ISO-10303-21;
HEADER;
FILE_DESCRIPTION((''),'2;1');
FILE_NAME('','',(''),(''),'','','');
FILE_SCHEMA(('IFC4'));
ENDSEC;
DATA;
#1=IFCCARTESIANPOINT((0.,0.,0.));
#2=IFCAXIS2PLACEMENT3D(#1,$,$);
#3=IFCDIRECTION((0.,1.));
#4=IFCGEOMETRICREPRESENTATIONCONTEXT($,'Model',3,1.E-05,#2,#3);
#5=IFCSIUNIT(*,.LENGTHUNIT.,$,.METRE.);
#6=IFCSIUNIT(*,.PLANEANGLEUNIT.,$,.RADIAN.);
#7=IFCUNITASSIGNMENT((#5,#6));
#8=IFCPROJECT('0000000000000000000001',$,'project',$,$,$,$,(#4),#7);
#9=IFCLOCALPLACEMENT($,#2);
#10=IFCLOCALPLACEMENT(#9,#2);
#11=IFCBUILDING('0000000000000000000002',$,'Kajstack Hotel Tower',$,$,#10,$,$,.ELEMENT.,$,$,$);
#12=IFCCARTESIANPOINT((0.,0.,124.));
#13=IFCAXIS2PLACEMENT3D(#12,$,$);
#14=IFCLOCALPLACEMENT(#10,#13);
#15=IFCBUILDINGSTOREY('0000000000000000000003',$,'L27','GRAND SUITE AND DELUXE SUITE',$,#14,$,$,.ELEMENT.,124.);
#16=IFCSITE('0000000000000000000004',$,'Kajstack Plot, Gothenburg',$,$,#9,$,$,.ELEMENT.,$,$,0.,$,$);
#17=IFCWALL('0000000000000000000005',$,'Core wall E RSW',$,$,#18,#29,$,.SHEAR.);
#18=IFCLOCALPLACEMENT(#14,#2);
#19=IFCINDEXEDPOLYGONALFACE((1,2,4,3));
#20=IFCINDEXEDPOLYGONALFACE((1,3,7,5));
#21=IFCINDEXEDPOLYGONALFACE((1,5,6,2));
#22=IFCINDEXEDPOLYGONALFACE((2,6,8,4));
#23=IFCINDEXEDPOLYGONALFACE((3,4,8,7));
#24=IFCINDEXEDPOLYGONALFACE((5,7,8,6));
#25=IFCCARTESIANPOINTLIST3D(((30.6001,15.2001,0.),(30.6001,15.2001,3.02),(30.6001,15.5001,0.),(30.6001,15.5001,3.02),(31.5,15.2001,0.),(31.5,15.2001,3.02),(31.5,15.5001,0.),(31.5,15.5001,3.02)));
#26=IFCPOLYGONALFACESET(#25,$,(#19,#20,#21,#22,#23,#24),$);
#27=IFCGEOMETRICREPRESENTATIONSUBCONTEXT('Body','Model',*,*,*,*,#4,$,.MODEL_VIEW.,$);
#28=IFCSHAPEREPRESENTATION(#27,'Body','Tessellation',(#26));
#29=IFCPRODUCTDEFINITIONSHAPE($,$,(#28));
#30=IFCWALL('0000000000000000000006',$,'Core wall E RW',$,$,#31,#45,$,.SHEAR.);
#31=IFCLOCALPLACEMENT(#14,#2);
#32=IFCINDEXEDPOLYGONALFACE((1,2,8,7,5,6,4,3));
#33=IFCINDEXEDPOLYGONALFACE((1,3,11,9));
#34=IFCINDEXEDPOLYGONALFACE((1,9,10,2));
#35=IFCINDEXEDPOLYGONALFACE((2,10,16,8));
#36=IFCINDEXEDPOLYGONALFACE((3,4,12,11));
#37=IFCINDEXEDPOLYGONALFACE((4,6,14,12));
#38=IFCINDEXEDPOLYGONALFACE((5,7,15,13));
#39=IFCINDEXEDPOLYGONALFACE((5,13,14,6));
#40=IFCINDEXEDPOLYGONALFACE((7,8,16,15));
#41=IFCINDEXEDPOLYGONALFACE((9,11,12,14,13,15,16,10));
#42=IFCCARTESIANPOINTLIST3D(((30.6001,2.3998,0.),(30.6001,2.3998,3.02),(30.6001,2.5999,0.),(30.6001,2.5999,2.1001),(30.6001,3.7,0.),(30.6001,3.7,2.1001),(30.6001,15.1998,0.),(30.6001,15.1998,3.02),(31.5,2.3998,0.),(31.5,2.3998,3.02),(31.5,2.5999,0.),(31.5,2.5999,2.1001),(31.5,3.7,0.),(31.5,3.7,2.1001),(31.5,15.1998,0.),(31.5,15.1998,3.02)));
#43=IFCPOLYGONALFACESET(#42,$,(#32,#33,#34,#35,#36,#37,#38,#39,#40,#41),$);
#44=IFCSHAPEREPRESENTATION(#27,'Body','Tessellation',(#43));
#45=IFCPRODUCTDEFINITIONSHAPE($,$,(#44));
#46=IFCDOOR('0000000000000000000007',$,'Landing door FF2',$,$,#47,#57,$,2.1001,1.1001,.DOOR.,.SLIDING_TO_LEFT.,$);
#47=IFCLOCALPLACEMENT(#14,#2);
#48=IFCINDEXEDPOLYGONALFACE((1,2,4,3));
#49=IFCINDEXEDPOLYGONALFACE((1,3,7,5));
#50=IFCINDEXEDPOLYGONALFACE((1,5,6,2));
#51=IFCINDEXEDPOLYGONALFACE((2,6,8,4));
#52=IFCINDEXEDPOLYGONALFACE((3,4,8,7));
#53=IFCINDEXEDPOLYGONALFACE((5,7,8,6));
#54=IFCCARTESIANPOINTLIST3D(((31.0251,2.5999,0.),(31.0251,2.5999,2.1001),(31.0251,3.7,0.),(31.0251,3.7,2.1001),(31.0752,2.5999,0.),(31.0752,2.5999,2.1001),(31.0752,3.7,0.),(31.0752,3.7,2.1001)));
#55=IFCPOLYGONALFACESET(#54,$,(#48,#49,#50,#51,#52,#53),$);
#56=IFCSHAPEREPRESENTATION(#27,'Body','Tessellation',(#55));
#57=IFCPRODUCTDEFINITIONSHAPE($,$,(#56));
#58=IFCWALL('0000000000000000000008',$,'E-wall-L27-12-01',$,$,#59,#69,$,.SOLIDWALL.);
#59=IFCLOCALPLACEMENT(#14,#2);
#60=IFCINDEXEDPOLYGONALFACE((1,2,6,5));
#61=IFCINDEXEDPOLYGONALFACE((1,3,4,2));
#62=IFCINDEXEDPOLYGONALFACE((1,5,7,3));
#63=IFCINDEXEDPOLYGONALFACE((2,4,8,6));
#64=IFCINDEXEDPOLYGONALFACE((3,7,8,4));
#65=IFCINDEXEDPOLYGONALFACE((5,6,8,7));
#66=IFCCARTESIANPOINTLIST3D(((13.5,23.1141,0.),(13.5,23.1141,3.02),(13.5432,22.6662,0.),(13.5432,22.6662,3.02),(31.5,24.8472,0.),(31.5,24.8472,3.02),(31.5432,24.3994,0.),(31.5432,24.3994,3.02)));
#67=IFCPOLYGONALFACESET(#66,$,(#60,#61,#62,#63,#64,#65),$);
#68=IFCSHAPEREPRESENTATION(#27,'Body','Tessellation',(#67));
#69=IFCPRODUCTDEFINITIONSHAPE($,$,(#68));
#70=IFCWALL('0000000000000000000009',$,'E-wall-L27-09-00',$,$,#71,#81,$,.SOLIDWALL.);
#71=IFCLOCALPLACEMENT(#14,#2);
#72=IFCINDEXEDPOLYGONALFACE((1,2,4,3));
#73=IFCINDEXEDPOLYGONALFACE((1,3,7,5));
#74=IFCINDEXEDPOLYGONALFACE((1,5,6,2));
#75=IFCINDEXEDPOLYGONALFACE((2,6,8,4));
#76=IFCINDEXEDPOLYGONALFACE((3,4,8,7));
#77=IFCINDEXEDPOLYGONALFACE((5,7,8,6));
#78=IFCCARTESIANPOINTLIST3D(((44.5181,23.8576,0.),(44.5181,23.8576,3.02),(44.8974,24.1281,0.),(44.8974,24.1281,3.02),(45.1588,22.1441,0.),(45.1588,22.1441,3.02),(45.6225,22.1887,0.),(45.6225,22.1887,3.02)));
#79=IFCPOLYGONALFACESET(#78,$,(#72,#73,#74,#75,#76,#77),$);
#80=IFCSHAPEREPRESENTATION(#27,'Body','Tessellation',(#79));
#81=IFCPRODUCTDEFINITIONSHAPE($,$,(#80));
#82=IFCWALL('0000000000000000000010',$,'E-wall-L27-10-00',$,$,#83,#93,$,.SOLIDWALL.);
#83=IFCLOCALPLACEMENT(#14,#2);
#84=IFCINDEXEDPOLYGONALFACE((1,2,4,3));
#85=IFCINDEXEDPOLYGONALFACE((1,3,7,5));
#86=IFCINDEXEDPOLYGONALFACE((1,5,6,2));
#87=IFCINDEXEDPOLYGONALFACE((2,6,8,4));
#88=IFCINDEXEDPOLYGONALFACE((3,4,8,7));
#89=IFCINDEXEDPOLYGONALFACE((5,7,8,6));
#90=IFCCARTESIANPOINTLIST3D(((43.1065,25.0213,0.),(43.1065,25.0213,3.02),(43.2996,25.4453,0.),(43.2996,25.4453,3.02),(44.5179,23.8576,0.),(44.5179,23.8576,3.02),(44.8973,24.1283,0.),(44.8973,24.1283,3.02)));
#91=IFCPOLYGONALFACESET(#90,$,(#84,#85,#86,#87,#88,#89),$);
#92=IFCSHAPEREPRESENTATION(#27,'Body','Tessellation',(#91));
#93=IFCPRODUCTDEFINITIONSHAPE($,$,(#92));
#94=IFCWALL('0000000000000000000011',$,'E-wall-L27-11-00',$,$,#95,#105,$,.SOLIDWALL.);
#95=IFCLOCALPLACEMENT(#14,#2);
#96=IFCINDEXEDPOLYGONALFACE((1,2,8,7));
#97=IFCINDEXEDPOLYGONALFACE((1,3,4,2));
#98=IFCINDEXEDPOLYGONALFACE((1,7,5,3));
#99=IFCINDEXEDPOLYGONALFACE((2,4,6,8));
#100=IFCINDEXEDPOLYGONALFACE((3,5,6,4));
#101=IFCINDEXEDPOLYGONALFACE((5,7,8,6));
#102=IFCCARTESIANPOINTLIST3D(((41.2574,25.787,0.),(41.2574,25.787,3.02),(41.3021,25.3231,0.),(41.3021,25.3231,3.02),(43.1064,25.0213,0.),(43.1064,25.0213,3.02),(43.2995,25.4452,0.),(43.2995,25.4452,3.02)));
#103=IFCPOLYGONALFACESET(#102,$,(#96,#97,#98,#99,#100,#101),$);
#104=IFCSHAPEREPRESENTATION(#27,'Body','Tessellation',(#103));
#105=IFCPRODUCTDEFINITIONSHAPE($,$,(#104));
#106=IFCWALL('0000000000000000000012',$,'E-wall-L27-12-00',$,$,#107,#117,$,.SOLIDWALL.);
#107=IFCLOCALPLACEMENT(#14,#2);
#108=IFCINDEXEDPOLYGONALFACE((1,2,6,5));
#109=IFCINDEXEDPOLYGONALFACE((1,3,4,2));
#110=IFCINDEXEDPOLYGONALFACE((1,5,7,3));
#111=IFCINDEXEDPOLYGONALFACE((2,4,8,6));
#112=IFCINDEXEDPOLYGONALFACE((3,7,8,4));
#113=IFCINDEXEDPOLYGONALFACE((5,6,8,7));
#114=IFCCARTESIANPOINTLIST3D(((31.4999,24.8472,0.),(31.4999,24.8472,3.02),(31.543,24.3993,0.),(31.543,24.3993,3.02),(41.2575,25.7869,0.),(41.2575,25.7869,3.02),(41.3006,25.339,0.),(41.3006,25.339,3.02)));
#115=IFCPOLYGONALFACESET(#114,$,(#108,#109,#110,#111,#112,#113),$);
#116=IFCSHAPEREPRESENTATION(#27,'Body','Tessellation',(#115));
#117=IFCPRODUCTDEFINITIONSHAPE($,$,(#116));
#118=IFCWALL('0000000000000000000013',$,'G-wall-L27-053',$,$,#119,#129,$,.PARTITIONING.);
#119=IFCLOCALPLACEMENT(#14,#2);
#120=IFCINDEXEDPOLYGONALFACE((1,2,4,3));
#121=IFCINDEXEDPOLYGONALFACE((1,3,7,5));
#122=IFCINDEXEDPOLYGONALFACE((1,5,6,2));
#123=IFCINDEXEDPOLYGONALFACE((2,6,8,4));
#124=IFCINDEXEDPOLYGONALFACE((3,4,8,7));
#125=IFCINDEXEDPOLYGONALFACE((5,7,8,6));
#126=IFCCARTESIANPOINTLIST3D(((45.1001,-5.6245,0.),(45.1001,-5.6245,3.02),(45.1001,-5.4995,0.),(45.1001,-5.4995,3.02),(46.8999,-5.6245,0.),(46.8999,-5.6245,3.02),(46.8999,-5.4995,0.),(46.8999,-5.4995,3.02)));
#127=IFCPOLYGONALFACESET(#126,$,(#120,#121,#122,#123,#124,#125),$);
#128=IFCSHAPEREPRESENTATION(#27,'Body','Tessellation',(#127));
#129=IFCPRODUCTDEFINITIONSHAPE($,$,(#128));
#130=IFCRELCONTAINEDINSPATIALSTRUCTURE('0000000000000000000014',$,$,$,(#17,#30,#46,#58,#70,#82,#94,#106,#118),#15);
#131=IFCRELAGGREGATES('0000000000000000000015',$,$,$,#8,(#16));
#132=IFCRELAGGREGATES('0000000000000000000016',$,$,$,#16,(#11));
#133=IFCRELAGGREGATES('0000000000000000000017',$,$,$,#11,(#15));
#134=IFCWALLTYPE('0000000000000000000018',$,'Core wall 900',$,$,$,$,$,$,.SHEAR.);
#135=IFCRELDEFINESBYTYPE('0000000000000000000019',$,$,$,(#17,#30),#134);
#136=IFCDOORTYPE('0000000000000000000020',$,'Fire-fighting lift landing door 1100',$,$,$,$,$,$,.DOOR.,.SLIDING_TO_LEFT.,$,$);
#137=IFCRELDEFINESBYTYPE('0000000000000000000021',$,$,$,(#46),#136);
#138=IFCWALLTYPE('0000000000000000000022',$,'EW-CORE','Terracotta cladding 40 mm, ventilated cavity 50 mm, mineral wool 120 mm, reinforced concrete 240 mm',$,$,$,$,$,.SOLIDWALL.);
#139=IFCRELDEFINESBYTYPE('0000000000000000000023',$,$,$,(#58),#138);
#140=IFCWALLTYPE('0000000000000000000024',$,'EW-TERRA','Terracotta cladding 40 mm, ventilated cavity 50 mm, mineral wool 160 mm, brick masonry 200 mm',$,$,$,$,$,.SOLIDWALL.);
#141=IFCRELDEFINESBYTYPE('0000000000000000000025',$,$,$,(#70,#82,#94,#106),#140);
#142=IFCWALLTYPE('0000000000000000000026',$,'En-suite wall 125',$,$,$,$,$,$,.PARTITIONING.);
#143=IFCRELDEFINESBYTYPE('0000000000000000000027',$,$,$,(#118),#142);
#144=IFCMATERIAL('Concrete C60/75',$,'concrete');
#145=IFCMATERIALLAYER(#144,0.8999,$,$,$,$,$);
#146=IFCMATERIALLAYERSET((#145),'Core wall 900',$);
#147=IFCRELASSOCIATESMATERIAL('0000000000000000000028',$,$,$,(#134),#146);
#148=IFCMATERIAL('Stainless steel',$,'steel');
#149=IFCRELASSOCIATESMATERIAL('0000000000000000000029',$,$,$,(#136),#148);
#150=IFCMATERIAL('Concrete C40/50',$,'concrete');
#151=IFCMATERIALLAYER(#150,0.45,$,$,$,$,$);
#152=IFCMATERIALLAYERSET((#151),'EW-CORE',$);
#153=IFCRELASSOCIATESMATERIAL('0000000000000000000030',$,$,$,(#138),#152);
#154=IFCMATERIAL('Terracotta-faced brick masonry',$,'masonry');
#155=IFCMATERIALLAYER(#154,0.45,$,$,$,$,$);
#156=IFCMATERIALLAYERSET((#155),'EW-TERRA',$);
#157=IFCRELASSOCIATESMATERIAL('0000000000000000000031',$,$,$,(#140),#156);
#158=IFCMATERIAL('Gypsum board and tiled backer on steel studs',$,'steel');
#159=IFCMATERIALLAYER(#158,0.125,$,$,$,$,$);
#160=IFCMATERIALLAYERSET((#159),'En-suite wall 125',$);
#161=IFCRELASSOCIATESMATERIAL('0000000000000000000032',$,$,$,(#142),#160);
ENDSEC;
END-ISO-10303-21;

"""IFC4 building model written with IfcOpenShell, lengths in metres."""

from ifc_helpers import new_model, si_unit, direction, frame, frame_2d, origin, place, context, subcontext, project, spatial, polyline, rectangle, outline, extrude, material, layer, layer_set, type_object, element, fill, save


model = new_model("IFC4")

# Units and contexts
model_context = context("Model", 3, precision=1e-05, world=origin(), true_north=direction((0.0, 1.0)))
body_context = subcontext(model_context, "Body", "Model", "MODEL_VIEW")
ifc_project = project(units=[si_unit("LENGTHUNIT", "METRE"), si_unit("PLANEANGLEUNIT", "RADIAN")], contexts=[model_context])

# Site, building, storey
site_placement = place(None, origin())
site = spatial("IfcSite", under=ifc_project, at=site_placement, Name="Kajstack Plot, Gothenburg", CompositionType="ELEMENT", RefElevation=0.0)
building_placement = place(site_placement, origin())
building = spatial("IfcBuilding", under=site, at=building_placement, Name="Kajstack Hotel Tower", CompositionType="ELEMENT")
storey_placement = place(building_placement, frame((0.0, 0.0, 124.0)))
storey = spatial("IfcBuildingStorey", under=building, at=storey_placement, Name="L27", Description="GRAND SUITE AND DELUXE SUITE", CompositionType="ELEMENT", Elevation=124.0)

# Wall
ifc_material_1 = material(Name="Concrete C60/75", Category="concrete")
ifc_layer_1 = layer(ifc_material_1, 0.8999)
ifc_layer_set_1 = layer_set([ifc_layer_1], Name="Core wall 900")
wall_type_1 = type_object("IfcWallType", Name="Core wall 900", PredefinedType="SHEAR", material=ifc_layer_set_1)
wall_1_placement = place(storey_placement, frame((30.6001, 15.3501, 0.0), z_axis=(0.0, 0.0, 1.0), x_axis=(1.0, 0.0, 0.0)))
element("IfcWall", 1, at=wall_1_placement, inside=storey, type_object=wall_type_1, Name="Core wall E RSW", PredefinedType="SHEAR", context=body_context, shape_type="SweptSolid", body=[
    extrude(rectangle(XDim=0.8999, YDim=0.3, at=frame_2d((0.45, 0.0))), origin(), (0.0, 0.0, 1.0), 3.02),
])

# Wall, opening, door
wall_2_placement = place(storey_placement, frame((31.05, 2.3999, 0.0), z_axis=(0.0, 0.0, 1.0), x_axis=(0.0, 1.0, 0.0)))
wall_2 = element("IfcWall", 2, at=wall_2_placement, inside=storey, type_object=wall_type_1, Name="Core wall E RW", PredefinedType="SHEAR", context=body_context, shape_type="SweptSolid", body=[
    extrude(rectangle(XDim=12.8, YDim=0.8999, at=frame_2d((6.3999, 0.0))), origin(), (0.0, 0.0, 1.0), 3.02),
])
opening_1_placement = place(wall_2_placement, frame((0.2, 0.0, 0.0)))
opening_1 = element("IfcOpeningElement", 3, at=opening_1_placement, cuts=wall_2, PredefinedType="OPENING", context=body_context, shape_type="SweptSolid", body=[
    extrude(rectangle(XDim=1.1001, YDim=2.1001, at=frame_2d((0.55, 1.05))), frame((0.0, 0.46, 0.0), z_axis=(0.0, -1.0, 0.0), x_axis=(1.0, 0.0, 0.0)), (0.0, 0.0, 1.0), 0.9199),
])
ifc_material_2 = material(Name="Stainless steel", Category="steel")
door_type_1 = type_object("IfcDoorType", Name="Fire-fighting lift landing door 1100", OperationType="SLIDING_TO_LEFT", PredefinedType="DOOR", material=ifc_material_2)
door_1_placement = place(opening_1_placement, origin())
door_1 = element("IfcDoor", 4, at=door_1_placement, inside=storey, type_object=door_type_1, Name="Landing door FF2", OperationType="SLIDING_TO_LEFT", OverallHeight=2.1001, OverallWidth=1.1001, PredefinedType="DOOR", context=body_context, shape_type="SweptSolid", body=[
    extrude(rectangle(XDim=1.1001, YDim=2.1001, at=frame_2d((0.55, 1.05))), frame((0.0, 0.0249, 0.0), z_axis=(0.0, -1.0, 0.0), x_axis=(1.0, 0.0, 0.0)), (0.0, 0.0, 1.0), 0.05),
])
fill(opening_1, door_1)

# Walls
ifc_material_3 = material(Name="Concrete C40/50", Category="concrete")
ifc_layer_2 = layer(ifc_material_3, 0.45)
ifc_layer_set_2 = layer_set([ifc_layer_2], Name="EW-CORE")
wall_type_2 = type_object("IfcWallType", Name="EW-CORE", Description="Terracotta cladding 40 mm, ventilated cavity 50 mm, mineral wool 120 mm, reinforced concrete 240 mm", PredefinedType="SOLIDWALL", material=ifc_layer_set_2)
wall_3_placement = place(storey_placement, frame((31.5215, 24.6233, 0.0), z_axis=(0.0, 0.0, 1.0), x_axis=(-0.995396, -0.095843, 0.0)))
element("IfcWall", 5, at=wall_3_placement, inside=storey, type_object=wall_type_2, Name="E-wall-L27-12-01", PredefinedType="SOLIDWALL", context=body_context, shape_type="SweptSolid", body=[
    extrude(rectangle(XDim=18.0833, YDim=0.45, at=frame_2d((9.0415, 0.0))), origin(), (0.0, 0.0, 1.0), 3.02),
])
ifc_material_4 = material(Name="Terracotta-faced brick masonry", Category="masonry")
ifc_layer_3 = layer(ifc_material_4, 0.45)
ifc_layer_set_3 = layer_set([ifc_layer_3], Name="EW-TERRA")
wall_type_3 = type_object("IfcWallType", Name="EW-TERRA", Description="Terracotta cladding 40 mm, ventilated cavity 50 mm, mineral wool 160 mm, brick masonry 200 mm", PredefinedType="SOLIDWALL", material=ifc_layer_set_3)
wall_4_placement = place(storey_placement, frame((45.4116, 22.1099, 0.0), z_axis=(0.0, 0.0, 1.0), x_axis=(-0.350193, 0.936678, 0.0)))
element("IfcWall", 6, at=wall_4_placement, inside=storey, type_object=wall_type_3, Name="E-wall-L27-09-00", PredefinedType="SOLIDWALL", context=body_context, shape_type="SweptSolid", body=[
    extrude(outline(polyline([(0.0, -0.2251), (2.0706, -0.2251), (1.95, 0.2249), (0.1206, 0.2249), (0.0, -0.2251)])), origin(), (0.0, 0.0, 1.0), 3.02),
])
wall_5_placement = place(storey_placement, frame((44.7542, 23.9546, 0.0), z_axis=(0.0, 0.0, 1.0), x_axis=(-0.771651, 0.636046, 0.0)))
element("IfcWall", 7, at=wall_5_placement, inside=storey, type_object=wall_type_3, Name="E-wall-L27-10-00", PredefinedType="SOLIDWALL", context=body_context, shape_type="SweptSolid", body=[
    extrude(outline(polyline([(0.0, -0.2251), (2.0706, -0.2251), (1.95, 0.2249), (0.1206, 0.2251), (0.0, -0.2251)])), origin(), (0.0, 0.0, 1.0), 3.02),
])
wall_6_placement = place(storey_placement, frame((43.2625, 25.2234, 0.0), z_axis=(0.0, 0.0, 1.0), x_axis=(-0.986298, 0.164973, 0.0)))
element("IfcWall", 8, at=wall_6_placement, inside=storey, type_object=wall_type_3, Name="E-wall-L27-11-00", PredefinedType="SOLIDWALL", context=body_context, shape_type="SweptSolid", body=[
    extrude(outline(polyline([(0.0, -0.2249), (2.0706, -0.2251), (1.95, 0.2251), (0.1206, 0.2251), (0.0, -0.2249)])), origin(), (0.0, 0.0, 1.0), 3.02),
])
wall_7_placement = place(storey_placement, frame((41.2791, 25.563, 0.0), z_axis=(0.0, 0.0, 1.0), x_axis=(-0.995395, -0.095861, 0.0)))
element("IfcWall", 9, at=wall_7_placement, inside=storey, type_object=wall_type_3, Name="E-wall-L27-12-00", PredefinedType="SOLIDWALL", context=body_context, shape_type="SweptSolid", body=[
    extrude(rectangle(XDim=9.8027, YDim=0.45, at=frame_2d((4.9014, 0.0))), origin(), (0.0, 0.0, 1.0), 3.02),
])
ifc_material_5 = material(Name="Gypsum board and tiled backer on steel studs", Category="steel")
ifc_layer_4 = layer(ifc_material_5, 0.125)
ifc_layer_set_4 = layer_set([ifc_layer_4], Name="En-suite wall 125")
wall_type_4 = type_object("IfcWallType", Name="En-suite wall 125", PredefinedType="PARTITIONING", material=ifc_layer_set_4)
wall_8_placement = place(storey_placement, frame((45.1001, -5.562, 0.0), z_axis=(0.0, 0.0, 1.0), x_axis=(1.0, 0.0, 0.0)))
element("IfcWall", 10, at=wall_8_placement, inside=storey, type_object=wall_type_4, Name="G-wall-L27-053", PredefinedType="PARTITIONING", context=body_context, shape_type="SweptSolid", body=[
    extrude(rectangle(XDim=1.7998, YDim=0.125, at=frame_2d((0.8999, 0.0))), origin(), (0.0, 0.0, 1.0), 3.02),
])

save(model, "model.ifc")
